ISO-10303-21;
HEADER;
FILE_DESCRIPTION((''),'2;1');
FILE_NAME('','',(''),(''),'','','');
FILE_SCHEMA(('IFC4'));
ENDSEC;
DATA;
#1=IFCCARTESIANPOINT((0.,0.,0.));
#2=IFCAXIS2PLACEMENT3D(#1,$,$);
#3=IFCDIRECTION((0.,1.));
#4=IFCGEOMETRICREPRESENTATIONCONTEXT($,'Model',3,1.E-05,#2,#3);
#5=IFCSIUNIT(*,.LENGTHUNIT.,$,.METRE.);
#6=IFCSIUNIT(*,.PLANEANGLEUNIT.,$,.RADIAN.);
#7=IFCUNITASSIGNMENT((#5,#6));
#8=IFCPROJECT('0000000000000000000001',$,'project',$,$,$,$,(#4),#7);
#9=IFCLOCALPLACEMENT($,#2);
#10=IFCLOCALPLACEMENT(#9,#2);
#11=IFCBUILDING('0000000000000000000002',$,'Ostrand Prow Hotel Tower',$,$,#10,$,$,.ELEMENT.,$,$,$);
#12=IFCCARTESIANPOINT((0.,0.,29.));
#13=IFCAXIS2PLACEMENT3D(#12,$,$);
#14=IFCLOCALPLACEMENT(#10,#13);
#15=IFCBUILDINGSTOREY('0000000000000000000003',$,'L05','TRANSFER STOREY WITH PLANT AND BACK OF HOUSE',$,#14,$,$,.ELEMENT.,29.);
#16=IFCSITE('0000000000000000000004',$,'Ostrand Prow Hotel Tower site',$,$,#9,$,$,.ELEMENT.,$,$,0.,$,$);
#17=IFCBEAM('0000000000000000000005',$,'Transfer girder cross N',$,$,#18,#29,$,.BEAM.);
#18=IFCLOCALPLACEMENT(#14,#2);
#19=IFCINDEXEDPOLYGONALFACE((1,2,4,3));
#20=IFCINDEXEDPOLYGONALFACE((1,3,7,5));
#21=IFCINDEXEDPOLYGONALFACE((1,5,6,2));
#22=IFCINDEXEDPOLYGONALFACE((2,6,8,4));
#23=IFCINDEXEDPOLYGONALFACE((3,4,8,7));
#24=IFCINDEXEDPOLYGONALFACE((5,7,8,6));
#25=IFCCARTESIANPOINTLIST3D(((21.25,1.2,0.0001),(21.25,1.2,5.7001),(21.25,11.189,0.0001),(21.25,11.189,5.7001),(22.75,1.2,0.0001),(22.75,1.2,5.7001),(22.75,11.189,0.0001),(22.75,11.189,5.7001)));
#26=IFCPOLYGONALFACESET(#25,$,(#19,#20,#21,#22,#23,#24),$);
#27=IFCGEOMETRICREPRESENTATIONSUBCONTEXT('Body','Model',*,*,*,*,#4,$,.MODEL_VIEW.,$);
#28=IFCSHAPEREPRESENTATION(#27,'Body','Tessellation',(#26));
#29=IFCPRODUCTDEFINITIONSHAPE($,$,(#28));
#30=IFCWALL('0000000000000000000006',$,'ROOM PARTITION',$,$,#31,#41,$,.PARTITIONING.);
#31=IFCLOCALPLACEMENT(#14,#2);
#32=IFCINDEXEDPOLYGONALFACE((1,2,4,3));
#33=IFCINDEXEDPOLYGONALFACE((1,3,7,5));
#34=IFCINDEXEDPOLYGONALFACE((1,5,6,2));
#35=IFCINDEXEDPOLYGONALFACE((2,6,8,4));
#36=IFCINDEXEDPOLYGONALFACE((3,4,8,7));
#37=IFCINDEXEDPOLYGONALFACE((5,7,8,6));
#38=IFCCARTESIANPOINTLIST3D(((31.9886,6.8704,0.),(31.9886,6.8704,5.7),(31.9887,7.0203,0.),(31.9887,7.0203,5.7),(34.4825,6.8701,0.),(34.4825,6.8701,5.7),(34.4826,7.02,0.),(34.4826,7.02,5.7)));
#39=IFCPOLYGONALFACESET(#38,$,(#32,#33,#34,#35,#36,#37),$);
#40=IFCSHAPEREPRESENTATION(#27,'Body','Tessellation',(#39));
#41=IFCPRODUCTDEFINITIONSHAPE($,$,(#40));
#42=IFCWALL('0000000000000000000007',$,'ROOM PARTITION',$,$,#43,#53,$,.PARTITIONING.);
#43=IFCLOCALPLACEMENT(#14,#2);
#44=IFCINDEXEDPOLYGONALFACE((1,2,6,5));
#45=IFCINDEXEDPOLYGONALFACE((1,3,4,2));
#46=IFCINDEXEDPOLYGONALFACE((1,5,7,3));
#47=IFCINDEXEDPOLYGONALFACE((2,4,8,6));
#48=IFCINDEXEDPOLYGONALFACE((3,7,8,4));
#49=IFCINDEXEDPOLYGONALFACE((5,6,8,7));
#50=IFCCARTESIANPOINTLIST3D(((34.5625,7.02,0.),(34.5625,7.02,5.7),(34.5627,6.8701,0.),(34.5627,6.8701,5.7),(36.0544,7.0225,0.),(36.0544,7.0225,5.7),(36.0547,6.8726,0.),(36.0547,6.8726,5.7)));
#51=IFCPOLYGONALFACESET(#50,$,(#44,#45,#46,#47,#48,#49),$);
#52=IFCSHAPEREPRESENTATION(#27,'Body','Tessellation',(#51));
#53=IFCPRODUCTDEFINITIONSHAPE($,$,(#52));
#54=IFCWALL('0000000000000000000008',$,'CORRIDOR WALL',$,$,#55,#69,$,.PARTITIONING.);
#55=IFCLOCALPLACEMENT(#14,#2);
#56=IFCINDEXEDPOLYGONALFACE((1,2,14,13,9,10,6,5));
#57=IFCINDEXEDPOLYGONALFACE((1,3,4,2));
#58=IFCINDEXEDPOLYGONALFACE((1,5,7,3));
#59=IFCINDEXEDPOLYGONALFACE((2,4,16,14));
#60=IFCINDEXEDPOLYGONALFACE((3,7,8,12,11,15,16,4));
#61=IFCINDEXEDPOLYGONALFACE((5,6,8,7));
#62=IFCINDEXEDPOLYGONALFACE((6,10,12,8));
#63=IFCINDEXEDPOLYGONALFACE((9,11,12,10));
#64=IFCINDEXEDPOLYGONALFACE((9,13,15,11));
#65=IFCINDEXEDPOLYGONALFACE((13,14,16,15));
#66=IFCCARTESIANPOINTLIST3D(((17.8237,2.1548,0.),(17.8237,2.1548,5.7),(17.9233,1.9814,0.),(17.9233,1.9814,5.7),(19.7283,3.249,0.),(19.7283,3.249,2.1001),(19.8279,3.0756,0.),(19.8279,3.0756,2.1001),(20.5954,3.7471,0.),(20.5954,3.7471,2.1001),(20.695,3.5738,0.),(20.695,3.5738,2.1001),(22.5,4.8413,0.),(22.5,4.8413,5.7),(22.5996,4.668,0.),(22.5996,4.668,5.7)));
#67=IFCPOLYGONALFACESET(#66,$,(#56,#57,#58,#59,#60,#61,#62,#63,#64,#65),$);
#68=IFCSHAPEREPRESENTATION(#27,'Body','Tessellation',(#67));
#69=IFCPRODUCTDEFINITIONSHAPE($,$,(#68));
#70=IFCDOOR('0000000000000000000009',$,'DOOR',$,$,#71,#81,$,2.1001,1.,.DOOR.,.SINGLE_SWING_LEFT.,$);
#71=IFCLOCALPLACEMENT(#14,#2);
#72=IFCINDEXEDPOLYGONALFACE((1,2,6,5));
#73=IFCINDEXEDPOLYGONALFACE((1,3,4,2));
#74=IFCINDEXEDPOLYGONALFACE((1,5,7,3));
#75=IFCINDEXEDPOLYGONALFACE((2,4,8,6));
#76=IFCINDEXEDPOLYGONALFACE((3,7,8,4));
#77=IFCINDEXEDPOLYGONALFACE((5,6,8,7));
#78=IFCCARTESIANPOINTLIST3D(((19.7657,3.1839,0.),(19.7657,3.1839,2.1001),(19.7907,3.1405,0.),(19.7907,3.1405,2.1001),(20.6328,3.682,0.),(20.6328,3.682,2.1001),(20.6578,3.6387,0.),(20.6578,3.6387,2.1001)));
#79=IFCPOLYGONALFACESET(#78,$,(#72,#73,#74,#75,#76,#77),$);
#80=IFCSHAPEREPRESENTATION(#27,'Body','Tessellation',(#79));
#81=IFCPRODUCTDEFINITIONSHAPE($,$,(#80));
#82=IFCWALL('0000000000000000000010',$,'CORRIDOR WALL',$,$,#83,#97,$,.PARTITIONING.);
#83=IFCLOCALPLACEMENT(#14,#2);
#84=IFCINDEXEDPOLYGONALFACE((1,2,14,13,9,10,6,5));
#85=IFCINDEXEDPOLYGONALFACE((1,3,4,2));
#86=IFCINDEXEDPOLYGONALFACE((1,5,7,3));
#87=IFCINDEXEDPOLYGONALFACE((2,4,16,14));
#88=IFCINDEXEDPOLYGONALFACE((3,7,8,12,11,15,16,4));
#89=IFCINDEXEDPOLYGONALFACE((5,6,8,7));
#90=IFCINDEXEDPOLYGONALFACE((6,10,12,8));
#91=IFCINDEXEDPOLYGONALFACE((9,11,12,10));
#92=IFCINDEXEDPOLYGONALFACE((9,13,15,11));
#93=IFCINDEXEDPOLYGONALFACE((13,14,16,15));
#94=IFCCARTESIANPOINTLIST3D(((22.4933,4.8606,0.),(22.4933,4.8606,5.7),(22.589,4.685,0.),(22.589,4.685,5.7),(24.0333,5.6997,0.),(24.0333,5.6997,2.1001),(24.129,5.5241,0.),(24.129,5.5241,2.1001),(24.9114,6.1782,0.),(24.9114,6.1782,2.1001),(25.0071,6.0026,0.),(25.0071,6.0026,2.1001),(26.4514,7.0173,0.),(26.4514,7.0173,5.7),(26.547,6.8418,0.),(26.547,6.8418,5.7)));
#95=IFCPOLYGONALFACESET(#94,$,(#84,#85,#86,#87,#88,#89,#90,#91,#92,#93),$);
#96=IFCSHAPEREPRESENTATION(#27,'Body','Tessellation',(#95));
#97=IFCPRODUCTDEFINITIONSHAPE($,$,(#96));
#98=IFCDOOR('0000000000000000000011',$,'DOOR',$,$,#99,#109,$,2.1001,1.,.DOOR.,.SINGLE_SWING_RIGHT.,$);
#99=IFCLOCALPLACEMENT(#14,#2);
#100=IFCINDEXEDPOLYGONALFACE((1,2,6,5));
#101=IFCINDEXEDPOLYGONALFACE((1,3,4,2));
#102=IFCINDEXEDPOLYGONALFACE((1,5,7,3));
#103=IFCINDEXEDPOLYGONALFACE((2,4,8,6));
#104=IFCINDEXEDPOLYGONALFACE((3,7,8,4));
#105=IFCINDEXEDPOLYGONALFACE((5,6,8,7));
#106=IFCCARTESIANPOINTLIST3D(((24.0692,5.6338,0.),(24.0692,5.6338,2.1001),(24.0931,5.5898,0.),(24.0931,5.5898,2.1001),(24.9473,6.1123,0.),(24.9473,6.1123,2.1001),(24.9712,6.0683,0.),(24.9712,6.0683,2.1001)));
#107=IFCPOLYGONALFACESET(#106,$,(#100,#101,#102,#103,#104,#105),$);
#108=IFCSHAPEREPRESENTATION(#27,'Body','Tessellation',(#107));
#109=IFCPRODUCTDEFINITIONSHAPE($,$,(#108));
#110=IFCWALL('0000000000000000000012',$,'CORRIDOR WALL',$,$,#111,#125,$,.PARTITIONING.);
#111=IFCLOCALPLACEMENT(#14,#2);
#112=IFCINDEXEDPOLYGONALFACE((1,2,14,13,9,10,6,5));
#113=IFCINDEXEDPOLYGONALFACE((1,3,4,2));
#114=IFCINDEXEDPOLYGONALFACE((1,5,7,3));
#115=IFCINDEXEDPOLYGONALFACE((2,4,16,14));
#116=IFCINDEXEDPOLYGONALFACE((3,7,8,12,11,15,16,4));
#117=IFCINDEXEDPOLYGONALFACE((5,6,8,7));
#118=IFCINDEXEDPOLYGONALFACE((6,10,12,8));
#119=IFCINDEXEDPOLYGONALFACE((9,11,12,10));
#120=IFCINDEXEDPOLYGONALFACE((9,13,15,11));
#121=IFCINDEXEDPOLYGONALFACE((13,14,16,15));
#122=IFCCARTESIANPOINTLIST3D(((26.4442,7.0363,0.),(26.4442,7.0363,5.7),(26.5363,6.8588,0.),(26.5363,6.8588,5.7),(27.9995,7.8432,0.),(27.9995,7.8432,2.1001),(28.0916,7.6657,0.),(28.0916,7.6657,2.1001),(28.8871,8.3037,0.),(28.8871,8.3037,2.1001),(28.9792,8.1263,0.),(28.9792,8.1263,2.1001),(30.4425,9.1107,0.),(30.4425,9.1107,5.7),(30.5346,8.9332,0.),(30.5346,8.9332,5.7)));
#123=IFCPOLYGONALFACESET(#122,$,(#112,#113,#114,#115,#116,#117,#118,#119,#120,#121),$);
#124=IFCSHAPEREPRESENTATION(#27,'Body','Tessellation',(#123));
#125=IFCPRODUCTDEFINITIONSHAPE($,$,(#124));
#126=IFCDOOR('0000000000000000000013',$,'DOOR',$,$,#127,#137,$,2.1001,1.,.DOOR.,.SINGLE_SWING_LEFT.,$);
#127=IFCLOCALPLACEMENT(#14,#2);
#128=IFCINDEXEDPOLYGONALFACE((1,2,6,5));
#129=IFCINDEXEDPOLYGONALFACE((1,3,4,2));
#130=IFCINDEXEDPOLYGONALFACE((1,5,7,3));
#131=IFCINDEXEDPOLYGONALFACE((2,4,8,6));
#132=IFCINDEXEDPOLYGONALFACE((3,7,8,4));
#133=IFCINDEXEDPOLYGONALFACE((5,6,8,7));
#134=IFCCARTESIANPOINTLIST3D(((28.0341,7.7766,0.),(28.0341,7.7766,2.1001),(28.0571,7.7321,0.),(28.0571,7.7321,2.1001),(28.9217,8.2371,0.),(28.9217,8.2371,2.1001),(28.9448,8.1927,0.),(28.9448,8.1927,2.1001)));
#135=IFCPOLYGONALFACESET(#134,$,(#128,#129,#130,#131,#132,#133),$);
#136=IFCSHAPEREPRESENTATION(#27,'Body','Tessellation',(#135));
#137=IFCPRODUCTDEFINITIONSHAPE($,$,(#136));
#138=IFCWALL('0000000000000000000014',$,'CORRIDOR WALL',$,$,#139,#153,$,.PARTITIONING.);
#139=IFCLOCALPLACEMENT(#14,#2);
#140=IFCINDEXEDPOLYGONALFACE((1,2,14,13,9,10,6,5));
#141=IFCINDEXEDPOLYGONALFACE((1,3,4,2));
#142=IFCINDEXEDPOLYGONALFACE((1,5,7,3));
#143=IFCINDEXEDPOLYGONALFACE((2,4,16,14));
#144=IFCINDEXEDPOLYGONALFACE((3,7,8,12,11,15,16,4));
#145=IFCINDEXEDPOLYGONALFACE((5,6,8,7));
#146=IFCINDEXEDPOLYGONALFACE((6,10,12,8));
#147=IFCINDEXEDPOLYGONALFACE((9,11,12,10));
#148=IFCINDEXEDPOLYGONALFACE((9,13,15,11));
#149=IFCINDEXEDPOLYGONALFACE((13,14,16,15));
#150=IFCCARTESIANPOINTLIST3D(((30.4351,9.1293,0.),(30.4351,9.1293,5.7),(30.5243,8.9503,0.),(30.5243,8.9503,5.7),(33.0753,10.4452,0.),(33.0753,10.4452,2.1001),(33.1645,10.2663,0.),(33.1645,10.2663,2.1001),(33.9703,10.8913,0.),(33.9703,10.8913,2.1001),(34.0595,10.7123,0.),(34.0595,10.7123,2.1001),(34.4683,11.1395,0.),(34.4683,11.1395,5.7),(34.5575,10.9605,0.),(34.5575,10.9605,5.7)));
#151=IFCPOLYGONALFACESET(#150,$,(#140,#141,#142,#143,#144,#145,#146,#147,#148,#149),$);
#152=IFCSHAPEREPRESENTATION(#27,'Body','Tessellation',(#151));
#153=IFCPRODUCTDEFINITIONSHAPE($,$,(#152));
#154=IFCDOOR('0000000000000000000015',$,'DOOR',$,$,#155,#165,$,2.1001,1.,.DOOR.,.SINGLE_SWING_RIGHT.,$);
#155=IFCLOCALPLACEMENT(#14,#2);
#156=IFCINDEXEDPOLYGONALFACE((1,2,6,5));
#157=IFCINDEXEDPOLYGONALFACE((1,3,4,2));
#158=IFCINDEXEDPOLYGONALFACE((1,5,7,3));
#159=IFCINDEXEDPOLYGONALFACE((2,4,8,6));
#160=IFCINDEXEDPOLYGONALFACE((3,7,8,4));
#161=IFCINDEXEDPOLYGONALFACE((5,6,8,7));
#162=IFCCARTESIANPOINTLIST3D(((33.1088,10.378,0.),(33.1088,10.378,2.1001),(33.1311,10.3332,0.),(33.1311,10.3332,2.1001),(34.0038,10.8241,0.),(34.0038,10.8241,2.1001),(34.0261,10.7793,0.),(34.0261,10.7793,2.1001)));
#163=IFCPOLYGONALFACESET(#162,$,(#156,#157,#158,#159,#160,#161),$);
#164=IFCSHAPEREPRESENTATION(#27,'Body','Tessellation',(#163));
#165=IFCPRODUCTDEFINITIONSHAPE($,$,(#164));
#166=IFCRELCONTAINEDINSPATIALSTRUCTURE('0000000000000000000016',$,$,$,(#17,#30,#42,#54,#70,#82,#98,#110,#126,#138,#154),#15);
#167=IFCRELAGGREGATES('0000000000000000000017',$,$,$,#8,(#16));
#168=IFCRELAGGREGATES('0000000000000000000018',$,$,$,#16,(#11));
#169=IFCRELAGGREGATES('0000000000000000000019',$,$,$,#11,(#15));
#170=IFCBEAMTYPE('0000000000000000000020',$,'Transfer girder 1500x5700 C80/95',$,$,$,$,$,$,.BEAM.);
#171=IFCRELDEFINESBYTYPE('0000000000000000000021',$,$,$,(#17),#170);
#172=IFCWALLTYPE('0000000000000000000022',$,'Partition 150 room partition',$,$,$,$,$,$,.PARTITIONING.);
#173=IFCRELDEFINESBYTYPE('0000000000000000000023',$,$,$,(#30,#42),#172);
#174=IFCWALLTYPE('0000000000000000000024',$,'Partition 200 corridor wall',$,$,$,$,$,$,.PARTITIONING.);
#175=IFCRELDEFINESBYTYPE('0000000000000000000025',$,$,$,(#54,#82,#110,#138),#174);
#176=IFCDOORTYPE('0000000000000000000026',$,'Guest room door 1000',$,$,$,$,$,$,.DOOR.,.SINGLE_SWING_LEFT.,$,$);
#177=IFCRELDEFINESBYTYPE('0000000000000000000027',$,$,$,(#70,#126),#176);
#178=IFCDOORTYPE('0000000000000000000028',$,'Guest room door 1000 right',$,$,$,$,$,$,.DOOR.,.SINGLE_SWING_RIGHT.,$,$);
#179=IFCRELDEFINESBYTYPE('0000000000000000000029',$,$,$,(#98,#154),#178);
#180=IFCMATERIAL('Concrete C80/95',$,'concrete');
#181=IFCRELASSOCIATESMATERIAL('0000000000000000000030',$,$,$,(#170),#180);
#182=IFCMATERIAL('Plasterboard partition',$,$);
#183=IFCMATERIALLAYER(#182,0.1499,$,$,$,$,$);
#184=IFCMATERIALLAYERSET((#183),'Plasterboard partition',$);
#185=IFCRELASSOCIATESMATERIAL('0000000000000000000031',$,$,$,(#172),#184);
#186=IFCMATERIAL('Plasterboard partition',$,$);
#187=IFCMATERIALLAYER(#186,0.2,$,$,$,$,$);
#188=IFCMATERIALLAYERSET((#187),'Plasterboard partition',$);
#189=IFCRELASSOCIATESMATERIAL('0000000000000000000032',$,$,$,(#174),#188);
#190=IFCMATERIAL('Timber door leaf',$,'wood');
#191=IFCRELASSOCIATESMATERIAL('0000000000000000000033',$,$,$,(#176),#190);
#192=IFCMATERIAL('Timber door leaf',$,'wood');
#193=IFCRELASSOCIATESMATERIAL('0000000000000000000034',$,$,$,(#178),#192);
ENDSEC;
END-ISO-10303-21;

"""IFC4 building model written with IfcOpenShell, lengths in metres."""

from ifc_helpers import new_model, si_unit, direction, frame, frame_2d, origin, origin_2d, place, context, subcontext, project, spatial, rectangle, extrude, material, layer, layer_set, material_profile, profile_set, type_object, element, fill, save


model = new_model("IFC4")

# Units and contexts
model_context = context("Model", 3, precision=1e-05, world=origin(), true_north=direction((0.0, 1.0)))
body_context = subcontext(model_context, "Body", "Model", "MODEL_VIEW")
ifc_project = project(units=[si_unit("LENGTHUNIT", "METRE"), si_unit("PLANEANGLEUNIT", "RADIAN")], contexts=[model_context])

# Site, building, storey
site_placement = place(None, origin())
site = spatial("IfcSite", under=ifc_project, at=site_placement, Name="Ostrand Prow Hotel Tower site", CompositionType="ELEMENT", RefElevation=0.0)
building_placement = place(site_placement, origin())
building = spatial("IfcBuilding", under=site, at=building_placement, Name="Ostrand Prow Hotel Tower", CompositionType="ELEMENT")
storey_placement = place(building_placement, frame((0.0, 0.0, 29.0)))
storey = spatial("IfcBuildingStorey", under=building, at=storey_placement, Name="L05", Description="TRANSFER STOREY WITH PLANT AND BACK OF HOUSE", CompositionType="ELEMENT", Elevation=29.0)

# Beam
ifc_material_1 = material(Name="Concrete C80/95", Category="concrete")
ifc_material_profile = material_profile(ifc_material_1, rectangle(XDim=1.5, YDim=5.7, at=origin_2d()), Name="RC 1500x5700")
ifc_profile_set = profile_set([ifc_material_profile], Name="Concrete C80/95")
beam_type = type_object("IfcBeamType", Name="Transfer girder 1500x5700 C80/95", PredefinedType="BEAM", material=ifc_profile_set)
beam_placement = place(storey_placement, frame((22.0, 11.189, 2.8501), z_axis=(0.0, -1.0, 0.0), x_axis=(1.0, 0.0, 0.0)))
element("IfcBeam", 1, at=beam_placement, inside=storey, type_object=beam_type, Name="Transfer girder cross N", PredefinedType="BEAM", context=body_context, shape_type="SweptSolid", body=[
    extrude(rectangle(XDim=1.5, YDim=5.7, at=origin_2d()), origin(), (0.0, 0.0, 1.0), 9.989),
])

# Walls
ifc_material_2 = material(Name="Plasterboard partition")
ifc_layer_1 = layer(ifc_material_2, 0.1499)
ifc_layer_set_1 = layer_set([ifc_layer_1], Name="Plasterboard partition")
wall_type_1 = type_object("IfcWallType", Name="Partition 150 room partition", PredefinedType="PARTITIONING", material=ifc_layer_set_1)
wall_1_placement = place(storey_placement, frame((31.9885, 6.9453, 0.0), z_axis=(0.0, 0.0, 1.0), x_axis=(1.0, -0.000098, 0.0)))
element("IfcWall", 2, at=wall_1_placement, inside=storey, type_object=wall_type_1, Name="ROOM PARTITION", PredefinedType="PARTITIONING", context=body_context, shape_type="SweptSolid", body=[
    extrude(rectangle(XDim=2.4939, YDim=0.1499, at=frame_2d((1.2471, 0.0))), origin(), (0.0, 0.0, 1.0), 5.7),
])
wall_2_placement = place(storey_placement, frame((34.5625, 6.9451, 0.0), z_axis=(0.0, 0.0, 1.0), x_axis=(0.999999, 0.001636, 0.0)))
element("IfcWall", 3, at=wall_2_placement, inside=storey, type_object=wall_type_1, Name="ROOM PARTITION", PredefinedType="PARTITIONING", context=body_context, shape_type="SweptSolid", body=[
    extrude(rectangle(XDim=1.4919, YDim=0.1499, at=frame_2d((0.7461, 0.0))), origin(), (0.0, 0.0, 1.0), 5.7),
])

# Walls, openings, doors
ifc_material_3 = material(Name="Plasterboard partition")
ifc_layer_2 = layer(ifc_material_3, 0.2)
ifc_layer_set_2 = layer_set([ifc_layer_2], Name="Plasterboard partition")
wall_type_2 = type_object("IfcWallType", Name="Partition 200 corridor wall", PredefinedType="PARTITIONING", material=ifc_layer_set_2)
wall_3_placement = place(storey_placement, frame((17.8735, 2.0681, 0.0), z_axis=(0.0, 0.0, 1.0), x_axis=(0.867093, 0.498146, 0.0)))
wall_3 = element("IfcWall", 4, at=wall_3_placement, inside=storey, type_object=wall_type_2, Name="CORRIDOR WALL", PredefinedType="PARTITIONING", context=body_context, shape_type="SweptSolid", body=[
    extrude(rectangle(XDim=5.3931, YDim=0.2, at=frame_2d((2.6965, 0.0))), origin(), (0.0, 0.0, 1.0), 5.7),
])
opening_1_placement = place(wall_3_placement, frame((2.1965, 0.0, 0.0)))
opening_1 = element("IfcOpeningElement", 5, at=opening_1_placement, cuts=wall_3, PredefinedType="OPENING", context=body_context, shape_type="SweptSolid", body=[
    extrude(rectangle(XDim=1.0, YDim=2.1001, at=frame_2d((0.5, 1.05))), frame((0.0, 0.1099, 0.0), z_axis=(0.0, -1.0, 0.0), x_axis=(1.0, 0.0, 0.0)), (0.0, 0.0, 1.0), 0.22),
])
ifc_material_4 = material(Name="Timber door leaf", Category="wood")
door_type_1 = type_object("IfcDoorType", Name="Guest room door 1000", OperationType="SINGLE_SWING_LEFT", PredefinedType="DOOR", material=ifc_material_4)
door_1_placement = place(opening_1_placement, origin())
door_1 = element("IfcDoor", 6, at=door_1_placement, inside=storey, type_object=door_type_1, Name="DOOR", OperationType="SINGLE_SWING_LEFT", OverallHeight=2.1001, OverallWidth=1.0, PredefinedType="DOOR", context=body_context, shape_type="SweptSolid", body=[
    extrude(rectangle(XDim=1.0, YDim=2.1001, at=frame_2d((0.5, 1.05))), frame((0.0, 0.0249, 0.0), z_axis=(0.0, -1.0, 0.0), x_axis=(1.0, 0.0, 0.0)), (0.0, 0.0, 1.0), 0.05),
])
fill(opening_1, door_1)
wall_4_placement = place(storey_placement, frame((22.541, 4.7727, 0.0), z_axis=(0.0, 0.0, 1.0), x_axis=(0.878098, 0.47848, 0.0)))
wall_4 = element("IfcWall", 7, at=wall_4_placement, inside=storey, type_object=wall_type_2, Name="CORRIDOR WALL", PredefinedType="PARTITIONING", context=body_context, shape_type="SweptSolid", body=[
    extrude(rectangle(XDim=4.5076, YDim=0.2, at=frame_2d((2.2539, 0.0))), origin(), (0.0, 0.0, 1.0), 5.7),
])
opening_2_placement = place(wall_4_placement, frame((1.7539, 0.0, 0.0)))
opening_2 = element("IfcOpeningElement", 8, at=opening_2_placement, cuts=wall_4, PredefinedType="OPENING", context=body_context, shape_type="SweptSolid", body=[
    extrude(rectangle(XDim=1.0, YDim=2.1001, at=frame_2d((0.5, 1.05))), frame((0.0, 0.1099, 0.0), z_axis=(0.0, -1.0, 0.0), x_axis=(1.0, 0.0, 0.0)), (0.0, 0.0, 1.0), 0.22),
])
ifc_material_5 = material(Name="Timber door leaf", Category="wood")
door_type_2 = type_object("IfcDoorType", Name="Guest room door 1000 right", OperationType="SINGLE_SWING_RIGHT", PredefinedType="DOOR", material=ifc_material_5)
door_2_placement = place(opening_2_placement, origin())
door_2 = element("IfcDoor", 9, at=door_2_placement, inside=storey, type_object=door_type_2, Name="DOOR", OperationType="SINGLE_SWING_RIGHT", OverallHeight=2.1001, OverallWidth=1.0, PredefinedType="DOOR", context=body_context, shape_type="SweptSolid", body=[
    extrude(rectangle(XDim=1.0, YDim=2.1001, at=frame_2d((0.5, 1.05))), frame((0.0, 0.0249, 0.0), z_axis=(0.0, -1.0, 0.0), x_axis=(1.0, 0.0, 0.0)), (0.0, 0.0, 1.0), 0.05),
])
fill(opening_2, door_2)
wall_5_placement = place(storey_placement, frame((26.4902, 6.9475, 0.0), z_axis=(0.0, 0.0, 1.0), x_axis=(0.887639, 0.46054, 0.0)))
wall_5 = element("IfcWall", 10, at=wall_5_placement, inside=storey, type_object=wall_type_2, Name="CORRIDOR WALL", PredefinedType="PARTITIONING", context=body_context, shape_type="SweptSolid", body=[
    extrude(rectangle(XDim=4.5044, YDim=0.2, at=frame_2d((2.2522, 0.0))), origin(), (0.0, 0.0, 1.0), 5.7),
])
opening_3_placement = place(wall_5_placement, frame((1.7522, 0.0, 0.0)))
opening_3 = element("IfcOpeningElement", 11, at=opening_3_placement, cuts=wall_5, PredefinedType="OPENING", context=body_context, shape_type="SweptSolid", body=[
    extrude(rectangle(XDim=1.0, YDim=2.1001, at=frame_2d((0.5, 1.05))), frame((0.0, 0.1099, 0.0), z_axis=(0.0, -1.0, 0.0), x_axis=(1.0, 0.0, 0.0)), (0.0, 0.0, 1.0), 0.22),
])
door_3_placement = place(opening_3_placement, origin())
door_3 = element("IfcDoor", 12, at=door_3_placement, inside=storey, type_object=door_type_1, Name="DOOR", OperationType="SINGLE_SWING_LEFT", OverallHeight=2.1001, OverallWidth=1.0, PredefinedType="DOOR", context=body_context, shape_type="SweptSolid", body=[
    extrude(rectangle(XDim=1.0, YDim=2.1001, at=frame_2d((0.5, 1.05))), frame((0.0, 0.0249, 0.0), z_axis=(0.0, -1.0, 0.0), x_axis=(1.0, 0.0, 0.0)), (0.0, 0.0, 1.0), 0.05),
])
fill(opening_3, door_3)
wall_6_placement = place(storey_placement, frame((30.4797, 9.0398, 0.0), z_axis=(0.0, 0.0, 1.0), x_axis=(0.89499, 0.446086, 0.0)))
wall_6 = element("IfcWall", 13, at=wall_6_placement, inside=storey, type_object=wall_type_2, Name="CORRIDOR WALL", PredefinedType="PARTITIONING", context=body_context, shape_type="SweptSolid", body=[
    extrude(rectangle(XDim=4.5063, YDim=0.2, at=frame_2d((2.2532, 0.0))), origin(), (0.0, 0.0, 1.0), 5.7),
])
opening_4_placement = place(wall_6_placement, frame((2.95, 0.0, 0.0)))
opening_4 = element("IfcOpeningElement", 14, at=opening_4_placement, cuts=wall_6, PredefinedType="OPENING", context=body_context, shape_type="SweptSolid", body=[
    extrude(rectangle(XDim=1.0, YDim=2.1001, at=frame_2d((0.5, 1.05))), frame((0.0, 0.1099, 0.0), z_axis=(0.0, -1.0, 0.0), x_axis=(1.0, 0.0, 0.0)), (0.0, 0.0, 1.0), 0.22),
])
door_4_placement = place(opening_4_placement, origin())
door_4 = element("IfcDoor", 15, at=door_4_placement, inside=storey, type_object=door_type_2, Name="DOOR", OperationType="SINGLE_SWING_RIGHT", OverallHeight=2.1001, OverallWidth=1.0, PredefinedType="DOOR", context=body_context, shape_type="SweptSolid", body=[
    extrude(rectangle(XDim=1.0, YDim=2.1001, at=frame_2d((0.5, 1.05))), frame((0.0, 0.0249, 0.0), z_axis=(0.0, -1.0, 0.0), x_axis=(1.0, 0.0, 0.0)), (0.0, 0.0, 1.0), 0.05),
])
fill(opening_4, door_4)

save(model, "model.ifc")
